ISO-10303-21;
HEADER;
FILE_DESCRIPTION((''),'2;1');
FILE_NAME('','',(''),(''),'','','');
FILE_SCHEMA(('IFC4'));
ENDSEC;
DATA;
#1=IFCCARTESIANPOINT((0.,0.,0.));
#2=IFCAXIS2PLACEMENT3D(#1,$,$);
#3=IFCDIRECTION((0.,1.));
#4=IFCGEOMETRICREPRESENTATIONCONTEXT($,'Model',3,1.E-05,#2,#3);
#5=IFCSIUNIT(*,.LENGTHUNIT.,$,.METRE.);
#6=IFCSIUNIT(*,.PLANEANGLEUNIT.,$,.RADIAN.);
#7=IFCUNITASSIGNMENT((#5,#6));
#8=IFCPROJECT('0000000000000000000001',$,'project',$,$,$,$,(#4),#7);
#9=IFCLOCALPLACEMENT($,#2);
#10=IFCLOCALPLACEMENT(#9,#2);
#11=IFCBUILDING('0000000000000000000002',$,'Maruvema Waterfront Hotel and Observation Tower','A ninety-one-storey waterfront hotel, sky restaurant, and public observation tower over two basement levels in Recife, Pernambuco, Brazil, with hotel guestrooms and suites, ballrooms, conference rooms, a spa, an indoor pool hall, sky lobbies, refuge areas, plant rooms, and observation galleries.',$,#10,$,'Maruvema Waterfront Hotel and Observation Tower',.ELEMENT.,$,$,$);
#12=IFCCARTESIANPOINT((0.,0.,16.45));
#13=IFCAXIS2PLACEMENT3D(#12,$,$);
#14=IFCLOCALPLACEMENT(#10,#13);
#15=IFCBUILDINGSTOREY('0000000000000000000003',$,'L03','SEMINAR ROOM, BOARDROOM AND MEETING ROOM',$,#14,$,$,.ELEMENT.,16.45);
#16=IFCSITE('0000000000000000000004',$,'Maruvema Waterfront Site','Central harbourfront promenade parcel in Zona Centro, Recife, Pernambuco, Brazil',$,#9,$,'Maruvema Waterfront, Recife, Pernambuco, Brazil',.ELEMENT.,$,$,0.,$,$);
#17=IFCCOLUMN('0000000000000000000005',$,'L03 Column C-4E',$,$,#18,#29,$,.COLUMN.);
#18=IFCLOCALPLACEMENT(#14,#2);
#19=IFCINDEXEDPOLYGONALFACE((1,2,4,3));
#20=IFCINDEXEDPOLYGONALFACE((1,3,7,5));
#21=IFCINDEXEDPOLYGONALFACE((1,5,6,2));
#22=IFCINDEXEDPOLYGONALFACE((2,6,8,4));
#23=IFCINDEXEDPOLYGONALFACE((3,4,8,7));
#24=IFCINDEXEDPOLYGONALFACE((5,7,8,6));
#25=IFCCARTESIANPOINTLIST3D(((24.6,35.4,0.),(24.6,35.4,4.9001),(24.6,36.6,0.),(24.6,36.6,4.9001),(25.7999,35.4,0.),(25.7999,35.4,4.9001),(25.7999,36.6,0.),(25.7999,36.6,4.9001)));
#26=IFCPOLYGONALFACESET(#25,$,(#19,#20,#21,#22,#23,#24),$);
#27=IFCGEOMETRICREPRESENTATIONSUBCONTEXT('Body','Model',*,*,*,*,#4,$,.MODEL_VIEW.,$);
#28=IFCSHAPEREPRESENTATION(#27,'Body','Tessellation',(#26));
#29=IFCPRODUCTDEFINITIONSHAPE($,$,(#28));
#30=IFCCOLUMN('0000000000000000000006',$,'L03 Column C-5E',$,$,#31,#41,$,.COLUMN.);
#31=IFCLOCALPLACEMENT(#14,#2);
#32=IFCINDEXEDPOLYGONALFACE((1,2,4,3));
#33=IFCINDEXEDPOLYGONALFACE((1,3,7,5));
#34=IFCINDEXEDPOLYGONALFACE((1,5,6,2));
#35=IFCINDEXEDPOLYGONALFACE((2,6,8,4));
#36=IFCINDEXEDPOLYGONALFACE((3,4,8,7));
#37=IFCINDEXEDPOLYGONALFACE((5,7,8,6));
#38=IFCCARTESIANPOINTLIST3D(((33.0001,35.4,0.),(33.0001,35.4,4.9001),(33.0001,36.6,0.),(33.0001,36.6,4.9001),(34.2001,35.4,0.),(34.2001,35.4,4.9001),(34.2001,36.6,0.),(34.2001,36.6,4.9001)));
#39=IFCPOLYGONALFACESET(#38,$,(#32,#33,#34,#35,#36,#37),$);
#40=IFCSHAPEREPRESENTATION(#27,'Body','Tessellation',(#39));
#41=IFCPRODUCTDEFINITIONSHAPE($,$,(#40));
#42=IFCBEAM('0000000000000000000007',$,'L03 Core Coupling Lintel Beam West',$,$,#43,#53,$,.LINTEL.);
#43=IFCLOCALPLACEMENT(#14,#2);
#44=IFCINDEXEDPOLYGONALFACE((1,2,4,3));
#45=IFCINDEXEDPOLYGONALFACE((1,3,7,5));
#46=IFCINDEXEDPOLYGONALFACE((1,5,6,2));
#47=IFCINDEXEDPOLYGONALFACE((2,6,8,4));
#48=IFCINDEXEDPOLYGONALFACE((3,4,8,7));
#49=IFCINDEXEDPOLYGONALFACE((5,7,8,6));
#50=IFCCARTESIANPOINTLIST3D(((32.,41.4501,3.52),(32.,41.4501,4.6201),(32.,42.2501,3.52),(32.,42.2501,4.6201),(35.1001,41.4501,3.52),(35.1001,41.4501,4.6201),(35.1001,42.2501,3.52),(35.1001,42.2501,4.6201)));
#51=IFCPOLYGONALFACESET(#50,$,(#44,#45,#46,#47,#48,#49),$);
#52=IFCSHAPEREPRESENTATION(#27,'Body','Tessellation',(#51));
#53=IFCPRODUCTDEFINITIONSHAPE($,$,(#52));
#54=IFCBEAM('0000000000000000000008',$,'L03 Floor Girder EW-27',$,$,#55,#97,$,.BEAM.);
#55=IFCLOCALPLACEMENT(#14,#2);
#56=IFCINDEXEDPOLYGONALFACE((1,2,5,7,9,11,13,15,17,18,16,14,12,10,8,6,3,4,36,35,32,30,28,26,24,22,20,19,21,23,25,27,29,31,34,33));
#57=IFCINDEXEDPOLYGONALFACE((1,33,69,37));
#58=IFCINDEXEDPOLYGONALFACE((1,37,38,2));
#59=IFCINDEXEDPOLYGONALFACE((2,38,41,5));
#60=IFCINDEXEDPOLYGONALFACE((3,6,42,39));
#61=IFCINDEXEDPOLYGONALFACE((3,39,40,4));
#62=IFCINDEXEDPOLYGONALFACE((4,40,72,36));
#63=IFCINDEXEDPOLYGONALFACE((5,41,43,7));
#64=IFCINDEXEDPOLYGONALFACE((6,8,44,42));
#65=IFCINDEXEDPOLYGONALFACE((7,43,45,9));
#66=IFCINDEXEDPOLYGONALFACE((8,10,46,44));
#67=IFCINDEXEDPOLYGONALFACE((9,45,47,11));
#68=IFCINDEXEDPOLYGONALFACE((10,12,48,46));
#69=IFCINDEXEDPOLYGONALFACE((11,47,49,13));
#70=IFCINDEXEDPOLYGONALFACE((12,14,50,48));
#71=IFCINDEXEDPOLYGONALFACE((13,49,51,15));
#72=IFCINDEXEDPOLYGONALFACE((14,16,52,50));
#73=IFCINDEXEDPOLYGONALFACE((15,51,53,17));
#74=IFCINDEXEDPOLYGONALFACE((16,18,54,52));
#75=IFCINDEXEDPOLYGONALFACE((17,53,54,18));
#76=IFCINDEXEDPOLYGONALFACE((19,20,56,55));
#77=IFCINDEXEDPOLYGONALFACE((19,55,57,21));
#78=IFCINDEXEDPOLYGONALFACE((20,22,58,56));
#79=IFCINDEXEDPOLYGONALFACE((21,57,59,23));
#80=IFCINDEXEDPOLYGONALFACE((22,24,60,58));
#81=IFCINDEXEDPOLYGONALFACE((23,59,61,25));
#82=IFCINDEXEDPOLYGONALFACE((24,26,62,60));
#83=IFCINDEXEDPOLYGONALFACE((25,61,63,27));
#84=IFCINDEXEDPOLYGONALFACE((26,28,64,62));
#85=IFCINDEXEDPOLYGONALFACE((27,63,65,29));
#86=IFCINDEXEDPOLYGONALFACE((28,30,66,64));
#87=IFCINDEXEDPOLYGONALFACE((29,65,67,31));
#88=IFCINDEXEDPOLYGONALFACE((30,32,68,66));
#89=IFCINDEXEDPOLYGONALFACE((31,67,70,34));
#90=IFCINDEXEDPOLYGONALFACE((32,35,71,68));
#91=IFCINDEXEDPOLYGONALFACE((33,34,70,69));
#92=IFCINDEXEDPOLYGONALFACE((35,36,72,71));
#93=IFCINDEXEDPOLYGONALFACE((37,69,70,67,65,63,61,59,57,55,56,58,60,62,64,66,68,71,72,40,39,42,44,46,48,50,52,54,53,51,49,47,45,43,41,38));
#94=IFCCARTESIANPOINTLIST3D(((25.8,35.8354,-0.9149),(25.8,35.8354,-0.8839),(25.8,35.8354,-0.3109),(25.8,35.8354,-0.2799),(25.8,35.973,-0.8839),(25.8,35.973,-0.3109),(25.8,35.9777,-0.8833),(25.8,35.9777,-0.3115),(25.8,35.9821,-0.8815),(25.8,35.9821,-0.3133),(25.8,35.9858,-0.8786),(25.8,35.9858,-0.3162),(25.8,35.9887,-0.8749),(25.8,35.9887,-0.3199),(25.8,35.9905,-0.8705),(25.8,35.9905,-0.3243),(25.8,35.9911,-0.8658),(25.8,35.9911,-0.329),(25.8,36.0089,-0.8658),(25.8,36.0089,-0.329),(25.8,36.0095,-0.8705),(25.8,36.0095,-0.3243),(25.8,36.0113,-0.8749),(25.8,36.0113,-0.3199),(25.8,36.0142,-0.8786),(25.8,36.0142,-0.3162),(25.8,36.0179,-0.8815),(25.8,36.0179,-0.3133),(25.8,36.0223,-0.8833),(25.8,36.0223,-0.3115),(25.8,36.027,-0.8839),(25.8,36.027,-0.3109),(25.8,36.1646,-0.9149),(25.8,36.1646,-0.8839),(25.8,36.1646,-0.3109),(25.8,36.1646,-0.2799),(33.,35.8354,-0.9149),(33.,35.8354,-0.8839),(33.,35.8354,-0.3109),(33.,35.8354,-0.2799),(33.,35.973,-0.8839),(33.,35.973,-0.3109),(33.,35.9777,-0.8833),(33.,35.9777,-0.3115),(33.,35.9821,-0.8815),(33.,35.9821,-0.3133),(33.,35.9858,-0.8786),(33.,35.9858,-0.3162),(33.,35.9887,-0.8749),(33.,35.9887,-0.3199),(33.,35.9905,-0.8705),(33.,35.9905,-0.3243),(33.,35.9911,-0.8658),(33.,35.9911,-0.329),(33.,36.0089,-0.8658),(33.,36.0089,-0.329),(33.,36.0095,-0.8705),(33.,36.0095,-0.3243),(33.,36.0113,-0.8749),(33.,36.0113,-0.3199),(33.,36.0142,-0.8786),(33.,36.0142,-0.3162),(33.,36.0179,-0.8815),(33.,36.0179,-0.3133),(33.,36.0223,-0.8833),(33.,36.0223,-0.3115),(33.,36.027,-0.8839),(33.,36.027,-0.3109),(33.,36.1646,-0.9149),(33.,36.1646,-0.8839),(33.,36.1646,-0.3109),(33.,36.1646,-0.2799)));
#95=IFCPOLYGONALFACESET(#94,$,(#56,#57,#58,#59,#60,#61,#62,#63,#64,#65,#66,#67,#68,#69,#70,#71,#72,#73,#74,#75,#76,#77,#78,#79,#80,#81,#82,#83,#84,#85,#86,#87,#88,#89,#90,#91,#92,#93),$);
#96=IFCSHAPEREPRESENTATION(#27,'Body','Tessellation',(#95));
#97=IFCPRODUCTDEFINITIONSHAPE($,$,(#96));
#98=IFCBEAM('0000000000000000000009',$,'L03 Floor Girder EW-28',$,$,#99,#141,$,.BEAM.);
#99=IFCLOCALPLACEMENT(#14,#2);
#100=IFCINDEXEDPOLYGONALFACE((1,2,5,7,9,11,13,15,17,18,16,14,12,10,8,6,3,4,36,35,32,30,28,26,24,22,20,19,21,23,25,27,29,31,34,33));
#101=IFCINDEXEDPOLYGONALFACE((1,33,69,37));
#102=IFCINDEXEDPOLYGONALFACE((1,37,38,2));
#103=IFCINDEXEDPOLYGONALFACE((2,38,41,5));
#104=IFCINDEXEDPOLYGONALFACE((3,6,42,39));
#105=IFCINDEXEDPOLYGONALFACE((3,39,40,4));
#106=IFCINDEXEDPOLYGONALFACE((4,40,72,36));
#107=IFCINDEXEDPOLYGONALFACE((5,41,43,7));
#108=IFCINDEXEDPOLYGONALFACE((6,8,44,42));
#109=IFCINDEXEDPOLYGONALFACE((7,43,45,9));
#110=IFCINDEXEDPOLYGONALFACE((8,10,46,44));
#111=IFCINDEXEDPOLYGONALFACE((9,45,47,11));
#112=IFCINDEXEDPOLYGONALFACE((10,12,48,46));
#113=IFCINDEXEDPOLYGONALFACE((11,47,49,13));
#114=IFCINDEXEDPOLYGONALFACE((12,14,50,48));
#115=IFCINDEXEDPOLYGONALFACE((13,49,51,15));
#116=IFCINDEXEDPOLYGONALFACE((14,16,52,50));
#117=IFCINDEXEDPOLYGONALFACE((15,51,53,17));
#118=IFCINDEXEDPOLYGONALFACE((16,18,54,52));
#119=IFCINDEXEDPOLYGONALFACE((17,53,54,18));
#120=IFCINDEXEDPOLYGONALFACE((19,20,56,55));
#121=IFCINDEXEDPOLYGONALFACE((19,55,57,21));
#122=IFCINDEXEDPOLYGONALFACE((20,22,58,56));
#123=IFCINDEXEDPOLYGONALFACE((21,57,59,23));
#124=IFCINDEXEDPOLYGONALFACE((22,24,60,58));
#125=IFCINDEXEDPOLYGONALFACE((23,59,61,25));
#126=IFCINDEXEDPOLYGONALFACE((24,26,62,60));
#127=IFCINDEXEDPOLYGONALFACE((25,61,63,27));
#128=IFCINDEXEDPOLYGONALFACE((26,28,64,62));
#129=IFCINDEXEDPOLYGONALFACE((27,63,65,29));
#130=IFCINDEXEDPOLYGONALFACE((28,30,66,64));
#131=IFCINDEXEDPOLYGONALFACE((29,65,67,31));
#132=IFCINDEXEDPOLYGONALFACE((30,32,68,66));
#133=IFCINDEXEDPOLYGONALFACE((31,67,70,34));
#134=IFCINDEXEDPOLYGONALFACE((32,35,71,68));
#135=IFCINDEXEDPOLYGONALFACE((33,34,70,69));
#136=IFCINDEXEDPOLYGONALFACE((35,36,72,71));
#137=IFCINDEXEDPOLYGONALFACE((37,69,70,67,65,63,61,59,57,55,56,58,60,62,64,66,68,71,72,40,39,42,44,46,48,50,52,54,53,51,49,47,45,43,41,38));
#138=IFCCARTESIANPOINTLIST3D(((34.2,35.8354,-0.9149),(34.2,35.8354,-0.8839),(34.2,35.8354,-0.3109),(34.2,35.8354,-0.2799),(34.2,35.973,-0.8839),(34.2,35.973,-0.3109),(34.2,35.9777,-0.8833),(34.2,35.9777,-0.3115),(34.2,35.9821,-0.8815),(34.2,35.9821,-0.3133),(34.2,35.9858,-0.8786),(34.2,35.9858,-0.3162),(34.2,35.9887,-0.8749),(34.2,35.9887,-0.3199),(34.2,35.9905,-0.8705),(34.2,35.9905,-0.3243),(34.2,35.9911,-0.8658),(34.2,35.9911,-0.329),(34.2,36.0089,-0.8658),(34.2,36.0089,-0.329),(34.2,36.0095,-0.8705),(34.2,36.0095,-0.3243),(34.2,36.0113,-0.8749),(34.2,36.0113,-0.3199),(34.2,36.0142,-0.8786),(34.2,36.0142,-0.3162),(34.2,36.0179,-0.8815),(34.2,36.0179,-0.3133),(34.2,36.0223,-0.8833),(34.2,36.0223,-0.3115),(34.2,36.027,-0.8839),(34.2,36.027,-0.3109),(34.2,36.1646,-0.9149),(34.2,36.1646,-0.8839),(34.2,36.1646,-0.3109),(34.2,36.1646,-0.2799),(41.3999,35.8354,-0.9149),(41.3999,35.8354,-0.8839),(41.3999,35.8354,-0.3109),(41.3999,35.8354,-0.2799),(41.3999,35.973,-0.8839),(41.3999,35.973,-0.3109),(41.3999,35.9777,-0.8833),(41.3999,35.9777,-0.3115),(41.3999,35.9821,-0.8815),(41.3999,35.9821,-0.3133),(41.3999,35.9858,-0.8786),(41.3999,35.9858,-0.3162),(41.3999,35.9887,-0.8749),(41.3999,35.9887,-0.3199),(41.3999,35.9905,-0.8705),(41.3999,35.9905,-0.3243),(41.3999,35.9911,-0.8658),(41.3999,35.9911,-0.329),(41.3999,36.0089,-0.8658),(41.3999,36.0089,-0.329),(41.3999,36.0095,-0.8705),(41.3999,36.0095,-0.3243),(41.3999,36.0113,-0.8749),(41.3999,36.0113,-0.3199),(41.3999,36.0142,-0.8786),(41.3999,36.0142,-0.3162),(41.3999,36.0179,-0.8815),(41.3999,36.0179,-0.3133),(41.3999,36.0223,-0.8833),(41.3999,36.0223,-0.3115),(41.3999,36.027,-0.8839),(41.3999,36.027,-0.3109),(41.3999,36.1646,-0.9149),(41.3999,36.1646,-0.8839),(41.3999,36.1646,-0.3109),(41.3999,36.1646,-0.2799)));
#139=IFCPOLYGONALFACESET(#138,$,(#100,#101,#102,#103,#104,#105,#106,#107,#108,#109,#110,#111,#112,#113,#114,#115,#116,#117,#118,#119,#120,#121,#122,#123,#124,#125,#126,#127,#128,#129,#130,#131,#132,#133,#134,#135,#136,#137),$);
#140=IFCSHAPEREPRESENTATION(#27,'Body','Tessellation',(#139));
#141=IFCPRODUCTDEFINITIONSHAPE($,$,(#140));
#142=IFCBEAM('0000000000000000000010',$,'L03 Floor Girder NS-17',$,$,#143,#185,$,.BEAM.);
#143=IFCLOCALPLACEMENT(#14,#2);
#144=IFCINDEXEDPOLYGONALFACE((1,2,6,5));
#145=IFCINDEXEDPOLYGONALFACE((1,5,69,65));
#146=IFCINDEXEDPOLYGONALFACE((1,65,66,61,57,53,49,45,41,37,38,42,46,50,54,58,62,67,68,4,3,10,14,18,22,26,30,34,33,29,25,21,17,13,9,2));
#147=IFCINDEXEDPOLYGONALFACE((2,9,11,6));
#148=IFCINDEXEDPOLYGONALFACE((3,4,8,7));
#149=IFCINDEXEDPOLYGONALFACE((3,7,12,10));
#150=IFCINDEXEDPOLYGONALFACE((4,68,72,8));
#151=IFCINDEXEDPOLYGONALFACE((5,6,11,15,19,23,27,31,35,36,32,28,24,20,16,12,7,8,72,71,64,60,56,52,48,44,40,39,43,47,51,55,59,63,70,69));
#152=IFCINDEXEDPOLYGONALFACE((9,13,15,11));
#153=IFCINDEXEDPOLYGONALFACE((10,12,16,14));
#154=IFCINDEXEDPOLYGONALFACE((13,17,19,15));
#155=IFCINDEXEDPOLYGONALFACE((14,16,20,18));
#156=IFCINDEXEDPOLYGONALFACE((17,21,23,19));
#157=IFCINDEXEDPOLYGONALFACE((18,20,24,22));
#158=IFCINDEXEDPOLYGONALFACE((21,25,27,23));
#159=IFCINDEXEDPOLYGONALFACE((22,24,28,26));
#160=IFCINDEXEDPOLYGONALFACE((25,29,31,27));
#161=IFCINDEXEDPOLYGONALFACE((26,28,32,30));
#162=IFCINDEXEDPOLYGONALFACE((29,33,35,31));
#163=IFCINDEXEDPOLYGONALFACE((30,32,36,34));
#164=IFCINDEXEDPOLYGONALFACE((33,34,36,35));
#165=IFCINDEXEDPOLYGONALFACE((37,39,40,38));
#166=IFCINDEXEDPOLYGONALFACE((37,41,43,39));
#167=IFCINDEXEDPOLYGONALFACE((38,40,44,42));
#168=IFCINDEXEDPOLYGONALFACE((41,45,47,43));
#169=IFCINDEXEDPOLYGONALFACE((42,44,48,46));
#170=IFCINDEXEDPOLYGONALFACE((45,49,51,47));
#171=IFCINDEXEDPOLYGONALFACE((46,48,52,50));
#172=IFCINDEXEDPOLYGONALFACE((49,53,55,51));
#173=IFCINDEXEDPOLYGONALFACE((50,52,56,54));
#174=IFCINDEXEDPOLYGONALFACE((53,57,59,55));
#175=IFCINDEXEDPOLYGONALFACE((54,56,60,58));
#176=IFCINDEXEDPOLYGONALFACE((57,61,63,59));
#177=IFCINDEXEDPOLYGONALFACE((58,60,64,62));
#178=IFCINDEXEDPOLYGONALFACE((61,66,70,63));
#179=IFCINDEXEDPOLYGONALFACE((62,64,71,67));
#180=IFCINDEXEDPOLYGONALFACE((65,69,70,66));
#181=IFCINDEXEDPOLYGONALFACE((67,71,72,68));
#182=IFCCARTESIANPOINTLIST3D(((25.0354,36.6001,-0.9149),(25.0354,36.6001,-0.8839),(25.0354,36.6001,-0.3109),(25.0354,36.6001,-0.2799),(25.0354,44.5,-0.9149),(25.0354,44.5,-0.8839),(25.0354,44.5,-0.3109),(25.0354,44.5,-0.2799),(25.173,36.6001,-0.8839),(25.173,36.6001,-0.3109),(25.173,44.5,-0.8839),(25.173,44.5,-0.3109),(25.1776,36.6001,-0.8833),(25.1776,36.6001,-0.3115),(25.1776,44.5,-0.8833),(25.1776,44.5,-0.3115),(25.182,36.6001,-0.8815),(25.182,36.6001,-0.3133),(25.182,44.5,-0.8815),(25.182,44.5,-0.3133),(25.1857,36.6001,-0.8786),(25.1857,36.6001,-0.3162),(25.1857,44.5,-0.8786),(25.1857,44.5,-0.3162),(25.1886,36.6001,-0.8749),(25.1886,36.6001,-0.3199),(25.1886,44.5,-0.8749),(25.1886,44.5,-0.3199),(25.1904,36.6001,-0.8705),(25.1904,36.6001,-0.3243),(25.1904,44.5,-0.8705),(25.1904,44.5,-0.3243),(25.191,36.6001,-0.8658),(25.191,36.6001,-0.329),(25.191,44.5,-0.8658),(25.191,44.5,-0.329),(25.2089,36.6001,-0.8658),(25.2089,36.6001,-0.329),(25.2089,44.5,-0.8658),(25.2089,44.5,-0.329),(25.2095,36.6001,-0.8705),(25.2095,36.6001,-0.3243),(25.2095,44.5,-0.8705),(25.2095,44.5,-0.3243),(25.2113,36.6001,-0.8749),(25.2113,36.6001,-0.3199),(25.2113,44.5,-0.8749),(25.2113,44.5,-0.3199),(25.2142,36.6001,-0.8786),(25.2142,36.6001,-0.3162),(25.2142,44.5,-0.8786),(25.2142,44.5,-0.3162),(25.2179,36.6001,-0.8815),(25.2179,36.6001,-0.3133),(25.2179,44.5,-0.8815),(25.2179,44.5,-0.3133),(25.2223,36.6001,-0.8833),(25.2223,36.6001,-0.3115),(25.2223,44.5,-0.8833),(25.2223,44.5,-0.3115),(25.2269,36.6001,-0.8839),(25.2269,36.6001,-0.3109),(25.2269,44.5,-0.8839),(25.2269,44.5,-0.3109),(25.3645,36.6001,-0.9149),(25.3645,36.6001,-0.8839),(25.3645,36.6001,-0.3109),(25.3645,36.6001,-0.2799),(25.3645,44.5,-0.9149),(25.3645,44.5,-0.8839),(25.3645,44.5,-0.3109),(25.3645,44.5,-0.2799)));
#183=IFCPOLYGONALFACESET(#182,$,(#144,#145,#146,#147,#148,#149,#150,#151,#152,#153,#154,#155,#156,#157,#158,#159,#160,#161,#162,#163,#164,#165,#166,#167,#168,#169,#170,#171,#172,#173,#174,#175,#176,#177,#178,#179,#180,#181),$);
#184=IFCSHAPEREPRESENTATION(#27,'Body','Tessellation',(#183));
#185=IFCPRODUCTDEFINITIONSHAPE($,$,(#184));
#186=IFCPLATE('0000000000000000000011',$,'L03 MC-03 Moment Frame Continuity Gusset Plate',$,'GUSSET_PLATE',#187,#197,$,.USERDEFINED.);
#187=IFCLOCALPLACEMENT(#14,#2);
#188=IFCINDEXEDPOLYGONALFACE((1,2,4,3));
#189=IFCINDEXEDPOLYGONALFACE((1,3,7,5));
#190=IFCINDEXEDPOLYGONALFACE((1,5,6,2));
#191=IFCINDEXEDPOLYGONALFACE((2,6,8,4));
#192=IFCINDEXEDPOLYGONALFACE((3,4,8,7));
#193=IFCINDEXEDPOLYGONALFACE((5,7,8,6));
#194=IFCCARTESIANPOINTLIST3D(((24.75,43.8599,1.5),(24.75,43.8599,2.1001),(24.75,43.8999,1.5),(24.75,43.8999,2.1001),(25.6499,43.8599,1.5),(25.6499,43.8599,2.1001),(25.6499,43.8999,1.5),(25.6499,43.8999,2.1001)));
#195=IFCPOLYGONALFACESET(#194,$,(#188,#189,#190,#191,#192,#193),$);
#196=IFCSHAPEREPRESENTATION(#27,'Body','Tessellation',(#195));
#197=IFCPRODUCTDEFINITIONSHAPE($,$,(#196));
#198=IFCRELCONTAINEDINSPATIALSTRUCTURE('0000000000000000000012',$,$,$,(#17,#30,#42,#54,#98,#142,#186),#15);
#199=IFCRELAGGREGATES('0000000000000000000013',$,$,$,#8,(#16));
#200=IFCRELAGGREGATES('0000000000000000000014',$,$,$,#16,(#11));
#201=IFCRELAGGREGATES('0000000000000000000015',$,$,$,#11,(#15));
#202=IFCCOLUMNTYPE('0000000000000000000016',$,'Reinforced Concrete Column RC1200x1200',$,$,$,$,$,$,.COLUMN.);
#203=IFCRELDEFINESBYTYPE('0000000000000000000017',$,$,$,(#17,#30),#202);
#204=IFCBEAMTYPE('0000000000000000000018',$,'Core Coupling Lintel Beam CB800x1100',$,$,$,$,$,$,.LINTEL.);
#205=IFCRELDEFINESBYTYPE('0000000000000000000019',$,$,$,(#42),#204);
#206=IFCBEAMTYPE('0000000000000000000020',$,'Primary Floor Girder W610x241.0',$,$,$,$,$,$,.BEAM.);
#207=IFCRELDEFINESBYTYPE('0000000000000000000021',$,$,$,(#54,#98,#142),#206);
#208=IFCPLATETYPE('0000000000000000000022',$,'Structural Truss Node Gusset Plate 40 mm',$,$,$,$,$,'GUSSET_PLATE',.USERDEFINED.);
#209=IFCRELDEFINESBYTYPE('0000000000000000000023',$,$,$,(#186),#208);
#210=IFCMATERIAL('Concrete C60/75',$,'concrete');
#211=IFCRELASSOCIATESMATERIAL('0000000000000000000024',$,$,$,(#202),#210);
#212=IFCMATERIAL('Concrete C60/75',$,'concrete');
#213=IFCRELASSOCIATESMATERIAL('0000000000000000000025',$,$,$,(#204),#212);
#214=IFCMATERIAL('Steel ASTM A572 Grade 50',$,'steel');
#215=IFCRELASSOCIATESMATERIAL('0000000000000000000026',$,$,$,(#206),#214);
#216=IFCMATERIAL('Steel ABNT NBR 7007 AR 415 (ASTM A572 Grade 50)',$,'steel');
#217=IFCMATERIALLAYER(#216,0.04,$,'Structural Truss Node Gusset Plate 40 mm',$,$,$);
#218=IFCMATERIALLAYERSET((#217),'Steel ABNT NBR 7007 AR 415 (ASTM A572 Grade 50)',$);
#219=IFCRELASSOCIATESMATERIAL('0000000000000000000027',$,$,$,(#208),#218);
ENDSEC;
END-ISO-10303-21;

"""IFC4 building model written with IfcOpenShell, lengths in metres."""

from ifc_helpers import new_model, si_unit, direction, frame, origin, origin_2d, place, context, subcontext, project, spatial, rectangle, i_section, extrude, material, layer, layer_set, material_profile, profile_set, type_object, element, save


model = new_model("IFC4")

# Units and contexts
model_context = context("Model", 3, precision=1e-05, world=origin(), true_north=direction((0.0, 1.0)))
body_context = subcontext(model_context, "Body", "Model", "MODEL_VIEW")
ifc_project = project(units=[si_unit("LENGTHUNIT", "METRE"), si_unit("PLANEANGLEUNIT", "RADIAN")], contexts=[model_context])

# Site, building, storey
site_placement = place(None, origin())
site = spatial("IfcSite", under=ifc_project, at=site_placement, Name="Maruvema Waterfront Site", Description="Central harbourfront promenade parcel in Zona Centro, Recife, Pernambuco, Brazil", LongName="Maruvema Waterfront, Recife, Pernambuco, Brazil", CompositionType="ELEMENT", RefElevation=0.0)
building_placement = place(site_placement, origin())
building = spatial("IfcBuilding", under=site, at=building_placement, Name="Maruvema Waterfront Hotel and Observation Tower", Description="A ninety-one-storey waterfront hotel, sky restaurant, and public observation tower over two basement levels in Recife, Pernambuco, Brazil, with hotel guestrooms and suites, ballrooms, conference rooms, a spa, an indoor pool hall, sky lobbies, refuge areas, plant rooms, and observation galleries.", LongName="Maruvema Waterfront Hotel and Observation Tower", CompositionType="ELEMENT")
storey_placement = place(building_placement, frame((0.0, 0.0, 16.45)))
storey = spatial("IfcBuildingStorey", under=building, at=storey_placement, Name="L03", Description="SEMINAR ROOM, BOARDROOM AND MEETING ROOM", CompositionType="ELEMENT", Elevation=16.45)

# Columns
ifc_material_1 = material(Name="Concrete C60/75", Category="concrete")
ifc_material_profile_1 = material_profile(ifc_material_1, rectangle(XDim=1.2, YDim=1.2, at=origin_2d()), Name="RC1200x1200")
ifc_profile_set_1 = profile_set([ifc_material_profile_1], Name="Concrete C60/75")
column_type = type_object("IfcColumnType", Name="Reinforced Concrete Column RC1200x1200", PredefinedType="COLUMN", material=ifc_profile_set_1)
for number, where, z_axis, x_axis, name in (
    (1, (25.2, 36.0, 0.0), (0.0, 0.0, 1.0), (1.0, 0.0, 0.0), "L03 Column C-4E"),
    (2, (33.6001, 36.0, 0.0), (0.0, 0.0, 1.0), (1.0, 0.0, 0.0), "L03 Column C-5E"),
):
    element("IfcColumn", number, at=place(storey_placement, frame(where, z_axis=z_axis, x_axis=x_axis)), inside=storey, type_object=column_type, Name=name, PredefinedType="COLUMN", context=body_context, shape_type="SweptSolid", body=[
        extrude(rectangle(XDim=1.2, YDim=1.2, at=origin_2d()), origin(), (0.0, 0.0, 1.0), 4.9001),
    ])

# Beams
ifc_material_2 = material(Name="Concrete C60/75", Category="concrete")
ifc_material_profile_2 = material_profile(ifc_material_2, rectangle(XDim=0.8, YDim=1.1001, at=origin_2d()), Name="CB800x1100")
ifc_profile_set_2 = profile_set([ifc_material_profile_2], Name="Concrete C60/75")
beam_type_1 = type_object("IfcBeamType", Name="Core Coupling Lintel Beam CB800x1100", PredefinedType="LINTEL", material=ifc_profile_set_2)
beam_1_placement = place(storey_placement, frame((32.0, 41.8501, 4.0701), z_axis=(1.0, 0.0, 0.0), x_axis=(0.0, 1.0, 0.0)))
element("IfcBeam", 3, at=beam_1_placement, inside=storey, type_object=beam_type_1, Name="L03 Core Coupling Lintel Beam West", PredefinedType="LINTEL", context=body_context, shape_type="SweptSolid", body=[
    extrude(rectangle(XDim=0.8, YDim=1.1001, at=origin_2d()), origin(), (0.0, 0.0, 1.0), 3.1001),
])
ifc_material_3 = material(Name="Steel ASTM A572 Grade 50", Category="steel")
ifc_material_profile_3 = material_profile(ifc_material_3, i_section(OverallWidth=0.3291, OverallDepth=0.635, WebThickness=0.0178, FlangeThickness=0.031, FilletRadius=0.0181, at=origin_2d()), Name="W610x241.0")
ifc_profile_set_3 = profile_set([ifc_material_profile_3], Name="Steel ASTM A572 Grade 50")
beam_type_2 = type_object("IfcBeamType", Name="Primary Floor Girder W610x241.0", PredefinedType="BEAM", material=ifc_profile_set_3)
for number, where, z_axis, x_axis, name in (
    (4, (25.8, 36.0, -0.5974), (1.0, 0.0, 0.0), (0.0, 1.0, 0.0), "L03 Floor Girder EW-27"),
    (5, (34.2, 36.0, -0.5974), (1.0, 0.0, 0.0), (0.0, 1.0, 0.0), "L03 Floor Girder EW-28"),
):
    element("IfcBeam", number, at=place(storey_placement, frame(where, z_axis=z_axis, x_axis=x_axis)), inside=storey, type_object=beam_type_2, Name=name, PredefinedType="BEAM", context=body_context, shape_type="SweptSolid", body=[
        extrude(i_section(OverallWidth=0.3291, OverallDepth=0.635, WebThickness=0.0178, FlangeThickness=0.031, FilletRadius=0.0181, at=origin_2d()), origin(), (0.0, 0.0, 1.0), 7.2),
    ])
beam_2_placement = place(storey_placement, frame((25.2, 36.6001, -0.5974), z_axis=(0.0, 1.0, 0.0), x_axis=(-1.0, 0.0, 0.0)))
element("IfcBeam", 6, at=beam_2_placement, inside=storey, type_object=beam_type_2, Name="L03 Floor Girder NS-17", PredefinedType="BEAM", context=body_context, shape_type="SweptSolid", body=[
    extrude(i_section(OverallWidth=0.3291, OverallDepth=0.635, WebThickness=0.0178, FlangeThickness=0.031, FilletRadius=0.0181, at=origin_2d()), origin(), (0.0, 0.0, 1.0), 7.8999),
])

# Plate
ifc_material_4 = material(Name="Steel ABNT NBR 7007 AR 415 (ASTM A572 Grade 50)", Category="steel")
ifc_layer_1 = layer(ifc_material_4, 0.04, Name="Structural Truss Node Gusset Plate 40 mm")
ifc_layer_set_1 = layer_set([ifc_layer_1], Name="Steel ABNT NBR 7007 AR 415 (ASTM A572 Grade 50)")
plate_type = type_object("IfcPlateType", Name="Structural Truss Node Gusset Plate 40 mm", ElementType="GUSSET_PLATE", PredefinedType="USERDEFINED", material=ifc_layer_set_1)
plate_placement = place(storey_placement, frame((25.2, 43.8799, 1.5), z_axis=(0.0, 0.0, 1.0), x_axis=(1.0, 0.0, 0.0)))
element("IfcPlate", 7, at=plate_placement, inside=storey, type_object=plate_type, Name="L03 MC-03 Moment Frame Continuity Gusset Plate", ObjectType="GUSSET_PLATE", PredefinedType="USERDEFINED", context=body_context, shape_type="SweptSolid", body=[
    extrude(rectangle(XDim=0.8999, YDim=0.04, at=origin_2d()), origin(), (0.0, 0.0, 1.0), 0.6001),
])

save(model, "model.ifc")
